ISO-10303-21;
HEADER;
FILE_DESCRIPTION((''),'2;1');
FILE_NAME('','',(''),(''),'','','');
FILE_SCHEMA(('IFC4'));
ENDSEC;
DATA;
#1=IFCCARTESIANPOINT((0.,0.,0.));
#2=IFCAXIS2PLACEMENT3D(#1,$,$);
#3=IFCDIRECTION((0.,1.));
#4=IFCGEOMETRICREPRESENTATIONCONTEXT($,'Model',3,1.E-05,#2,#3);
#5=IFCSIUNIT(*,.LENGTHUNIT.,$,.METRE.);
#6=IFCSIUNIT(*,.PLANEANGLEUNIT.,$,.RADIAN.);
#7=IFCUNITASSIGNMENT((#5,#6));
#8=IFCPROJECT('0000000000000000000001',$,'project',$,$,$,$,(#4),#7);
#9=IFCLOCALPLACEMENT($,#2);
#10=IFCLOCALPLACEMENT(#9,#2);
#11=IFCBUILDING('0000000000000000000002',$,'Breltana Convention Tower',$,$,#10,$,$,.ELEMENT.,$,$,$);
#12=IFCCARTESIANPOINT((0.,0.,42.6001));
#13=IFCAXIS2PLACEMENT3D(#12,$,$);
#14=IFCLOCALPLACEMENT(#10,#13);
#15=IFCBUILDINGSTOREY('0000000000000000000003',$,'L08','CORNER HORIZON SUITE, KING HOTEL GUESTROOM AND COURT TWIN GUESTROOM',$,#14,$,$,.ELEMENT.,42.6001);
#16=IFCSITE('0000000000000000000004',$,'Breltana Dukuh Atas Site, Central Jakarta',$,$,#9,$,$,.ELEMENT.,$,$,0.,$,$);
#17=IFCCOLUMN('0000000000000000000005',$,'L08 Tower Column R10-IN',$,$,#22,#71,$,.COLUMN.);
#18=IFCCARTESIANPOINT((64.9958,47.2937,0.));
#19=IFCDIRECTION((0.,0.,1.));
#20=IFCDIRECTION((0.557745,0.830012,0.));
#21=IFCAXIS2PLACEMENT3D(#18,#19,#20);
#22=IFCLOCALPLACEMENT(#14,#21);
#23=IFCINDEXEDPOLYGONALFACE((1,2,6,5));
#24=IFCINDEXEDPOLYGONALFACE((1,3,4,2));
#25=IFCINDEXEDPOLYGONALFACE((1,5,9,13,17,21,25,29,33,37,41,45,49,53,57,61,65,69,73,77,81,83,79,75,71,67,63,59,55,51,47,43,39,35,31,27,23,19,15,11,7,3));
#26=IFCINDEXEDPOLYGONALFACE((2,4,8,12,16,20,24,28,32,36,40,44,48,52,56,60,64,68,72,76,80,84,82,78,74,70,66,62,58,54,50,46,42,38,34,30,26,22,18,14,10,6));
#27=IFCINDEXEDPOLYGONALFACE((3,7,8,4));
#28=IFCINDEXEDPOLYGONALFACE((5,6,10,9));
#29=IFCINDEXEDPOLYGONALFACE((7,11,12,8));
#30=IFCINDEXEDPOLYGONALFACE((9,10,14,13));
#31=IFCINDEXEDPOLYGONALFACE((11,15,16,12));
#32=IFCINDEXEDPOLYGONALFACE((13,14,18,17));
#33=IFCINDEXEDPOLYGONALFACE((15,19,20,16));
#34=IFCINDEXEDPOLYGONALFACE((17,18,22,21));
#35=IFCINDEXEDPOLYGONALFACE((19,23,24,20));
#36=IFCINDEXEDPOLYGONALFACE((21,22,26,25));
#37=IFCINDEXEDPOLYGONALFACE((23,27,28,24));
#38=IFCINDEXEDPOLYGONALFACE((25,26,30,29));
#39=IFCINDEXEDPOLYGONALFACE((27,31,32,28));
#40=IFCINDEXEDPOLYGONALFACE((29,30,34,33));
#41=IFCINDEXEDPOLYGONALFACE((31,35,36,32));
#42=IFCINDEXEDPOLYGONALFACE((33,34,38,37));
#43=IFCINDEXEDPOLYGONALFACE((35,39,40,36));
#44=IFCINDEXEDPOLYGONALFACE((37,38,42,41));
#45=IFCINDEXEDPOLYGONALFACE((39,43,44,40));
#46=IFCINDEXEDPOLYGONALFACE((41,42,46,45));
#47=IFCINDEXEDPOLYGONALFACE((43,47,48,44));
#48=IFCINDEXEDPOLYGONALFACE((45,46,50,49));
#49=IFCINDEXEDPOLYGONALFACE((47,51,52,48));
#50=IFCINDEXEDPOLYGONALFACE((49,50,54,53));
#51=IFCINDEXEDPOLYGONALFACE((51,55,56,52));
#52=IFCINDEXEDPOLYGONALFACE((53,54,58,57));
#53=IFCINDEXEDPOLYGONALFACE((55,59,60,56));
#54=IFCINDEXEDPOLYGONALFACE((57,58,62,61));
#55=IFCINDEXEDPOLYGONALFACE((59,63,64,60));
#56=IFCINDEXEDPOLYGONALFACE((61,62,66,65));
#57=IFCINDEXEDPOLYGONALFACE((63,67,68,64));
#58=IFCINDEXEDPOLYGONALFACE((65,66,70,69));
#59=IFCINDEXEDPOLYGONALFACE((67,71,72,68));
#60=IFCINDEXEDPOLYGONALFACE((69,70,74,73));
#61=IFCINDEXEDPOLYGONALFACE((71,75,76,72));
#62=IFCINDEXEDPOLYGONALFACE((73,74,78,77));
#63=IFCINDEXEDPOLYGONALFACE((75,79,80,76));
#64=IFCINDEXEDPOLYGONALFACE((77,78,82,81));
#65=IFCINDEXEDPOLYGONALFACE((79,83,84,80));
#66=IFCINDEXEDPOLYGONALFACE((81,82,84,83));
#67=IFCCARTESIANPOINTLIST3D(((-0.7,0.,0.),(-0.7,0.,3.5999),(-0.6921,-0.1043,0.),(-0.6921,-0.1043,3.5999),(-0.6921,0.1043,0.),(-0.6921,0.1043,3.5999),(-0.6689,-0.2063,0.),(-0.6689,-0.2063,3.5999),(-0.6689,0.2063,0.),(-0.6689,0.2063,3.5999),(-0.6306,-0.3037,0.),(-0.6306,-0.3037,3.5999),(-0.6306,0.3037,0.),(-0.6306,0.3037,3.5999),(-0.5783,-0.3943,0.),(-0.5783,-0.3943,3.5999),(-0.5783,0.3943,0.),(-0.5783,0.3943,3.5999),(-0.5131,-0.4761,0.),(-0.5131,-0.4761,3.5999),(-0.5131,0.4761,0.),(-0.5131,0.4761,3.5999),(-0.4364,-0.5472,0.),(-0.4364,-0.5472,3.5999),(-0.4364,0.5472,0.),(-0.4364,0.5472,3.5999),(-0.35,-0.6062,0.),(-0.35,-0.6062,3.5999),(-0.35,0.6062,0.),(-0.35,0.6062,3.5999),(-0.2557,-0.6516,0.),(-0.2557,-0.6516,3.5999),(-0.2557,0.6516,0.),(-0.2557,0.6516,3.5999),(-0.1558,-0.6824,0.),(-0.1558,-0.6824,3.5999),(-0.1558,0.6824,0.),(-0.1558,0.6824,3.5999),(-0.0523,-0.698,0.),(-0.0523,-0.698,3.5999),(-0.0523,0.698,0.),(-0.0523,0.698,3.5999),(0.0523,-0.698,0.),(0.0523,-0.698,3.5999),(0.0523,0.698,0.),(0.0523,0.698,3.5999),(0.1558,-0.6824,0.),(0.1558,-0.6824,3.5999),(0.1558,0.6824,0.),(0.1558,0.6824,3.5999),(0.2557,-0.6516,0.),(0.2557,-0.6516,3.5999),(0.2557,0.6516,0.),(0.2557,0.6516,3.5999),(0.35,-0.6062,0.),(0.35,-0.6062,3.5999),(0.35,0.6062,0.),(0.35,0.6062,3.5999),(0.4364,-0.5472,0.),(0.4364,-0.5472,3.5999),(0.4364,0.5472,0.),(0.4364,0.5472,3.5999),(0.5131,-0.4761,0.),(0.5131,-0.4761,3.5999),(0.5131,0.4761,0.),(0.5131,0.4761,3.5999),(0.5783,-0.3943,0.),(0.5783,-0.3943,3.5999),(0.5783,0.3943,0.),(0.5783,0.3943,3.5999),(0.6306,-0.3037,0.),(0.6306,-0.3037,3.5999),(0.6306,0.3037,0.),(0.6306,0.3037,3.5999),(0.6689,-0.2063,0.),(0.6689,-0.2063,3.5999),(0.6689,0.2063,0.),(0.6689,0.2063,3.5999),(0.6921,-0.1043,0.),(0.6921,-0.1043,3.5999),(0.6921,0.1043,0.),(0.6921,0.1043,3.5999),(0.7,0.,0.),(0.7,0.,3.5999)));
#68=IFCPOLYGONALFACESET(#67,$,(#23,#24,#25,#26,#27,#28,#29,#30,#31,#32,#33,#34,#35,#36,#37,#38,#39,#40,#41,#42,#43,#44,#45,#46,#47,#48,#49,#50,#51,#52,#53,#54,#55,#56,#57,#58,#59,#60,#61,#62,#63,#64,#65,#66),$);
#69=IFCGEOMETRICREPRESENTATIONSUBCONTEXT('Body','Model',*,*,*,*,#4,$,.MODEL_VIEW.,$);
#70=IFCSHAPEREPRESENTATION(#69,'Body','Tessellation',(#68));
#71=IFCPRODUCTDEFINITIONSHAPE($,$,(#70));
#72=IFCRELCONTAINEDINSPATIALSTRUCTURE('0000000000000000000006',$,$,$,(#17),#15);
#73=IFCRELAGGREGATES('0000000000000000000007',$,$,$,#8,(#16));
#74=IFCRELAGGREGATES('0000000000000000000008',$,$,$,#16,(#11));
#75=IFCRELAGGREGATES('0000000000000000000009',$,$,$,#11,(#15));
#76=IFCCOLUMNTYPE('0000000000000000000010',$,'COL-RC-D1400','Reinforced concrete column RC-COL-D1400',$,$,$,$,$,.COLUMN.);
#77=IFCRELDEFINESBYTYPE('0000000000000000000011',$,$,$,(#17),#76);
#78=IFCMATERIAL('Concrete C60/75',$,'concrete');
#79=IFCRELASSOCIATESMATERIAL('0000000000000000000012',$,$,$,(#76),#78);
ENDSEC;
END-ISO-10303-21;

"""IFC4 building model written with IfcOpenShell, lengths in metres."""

from ifc_helpers import new_model, si_unit, direction, frame, origin, origin_2d, place, context, subcontext, project, spatial, circle, extrude, source, transform, mapped, material, material_profile, profile_set, type_object, element, save


model = new_model("IFC4")

# Units and contexts
model_context = context("Model", 3, precision=1e-05, world=origin(), true_north=direction((0.0, 1.0)))
body_context = subcontext(model_context, "Body", "Model", "MODEL_VIEW")
ifc_project = project(units=[si_unit("LENGTHUNIT", "METRE"), si_unit("PLANEANGLEUNIT", "RADIAN")], contexts=[model_context])

# Site, building, storey
site_placement = place(None, origin())
site = spatial("IfcSite", under=ifc_project, at=site_placement, Name="Breltana Dukuh Atas Site, Central Jakarta", CompositionType="ELEMENT", RefElevation=0.0)
building_placement = place(site_placement, origin())
building = spatial("IfcBuilding", under=site, at=building_placement, Name="Breltana Convention Tower", CompositionType="ELEMENT")
storey_placement = place(building_placement, frame((0.0, 0.0, 42.6001)))
storey = spatial("IfcBuildingStorey", under=building, at=storey_placement, Name="L08", Description="CORNER HORIZON SUITE, KING HOTEL GUESTROOM AND COURT TWIN GUESTROOM", CompositionType="ELEMENT", Elevation=42.6001)

# Column
ifc_material_1 = material(Name="Concrete C60/75", Category="concrete")
ifc_material_profile_1 = material_profile(ifc_material_1, circle(Radius=0.7, at=origin_2d()), Name="RC-COL-D1400")
ifc_profile_set_1 = profile_set([ifc_material_profile_1], Name="Concrete C60/75")
column_type = type_object("IfcColumnType", Name="COL-RC-D1400", Description="Reinforced concrete column RC-COL-D1400", PredefinedType="COLUMN", material=ifc_profile_set_1)
shared_shape_1 = source(origin(), body_context, "Body", "SweptSolid", [
    extrude(circle(Radius=0.7, at=origin_2d()), origin(), (0.0, 0.0, 1.0), 3.5999),
])
column_placement = place(storey_placement, frame((64.9958, 47.2937, 0.0), z_axis=(0.0, 0.0, 1.0), x_axis=(0.557745, 0.830012, 0.0)))
element("IfcColumn", 1, at=column_placement, inside=storey, type_object=column_type, Name="L08 Tower Column R10-IN", PredefinedType="COLUMN", context=body_context, shape_type="MappedRepresentation", body=[
    mapped(shared_shape_1, transform((0.0, 0.0, 0.0), scale=1.0)),
])

save(model, "model.ifc")
